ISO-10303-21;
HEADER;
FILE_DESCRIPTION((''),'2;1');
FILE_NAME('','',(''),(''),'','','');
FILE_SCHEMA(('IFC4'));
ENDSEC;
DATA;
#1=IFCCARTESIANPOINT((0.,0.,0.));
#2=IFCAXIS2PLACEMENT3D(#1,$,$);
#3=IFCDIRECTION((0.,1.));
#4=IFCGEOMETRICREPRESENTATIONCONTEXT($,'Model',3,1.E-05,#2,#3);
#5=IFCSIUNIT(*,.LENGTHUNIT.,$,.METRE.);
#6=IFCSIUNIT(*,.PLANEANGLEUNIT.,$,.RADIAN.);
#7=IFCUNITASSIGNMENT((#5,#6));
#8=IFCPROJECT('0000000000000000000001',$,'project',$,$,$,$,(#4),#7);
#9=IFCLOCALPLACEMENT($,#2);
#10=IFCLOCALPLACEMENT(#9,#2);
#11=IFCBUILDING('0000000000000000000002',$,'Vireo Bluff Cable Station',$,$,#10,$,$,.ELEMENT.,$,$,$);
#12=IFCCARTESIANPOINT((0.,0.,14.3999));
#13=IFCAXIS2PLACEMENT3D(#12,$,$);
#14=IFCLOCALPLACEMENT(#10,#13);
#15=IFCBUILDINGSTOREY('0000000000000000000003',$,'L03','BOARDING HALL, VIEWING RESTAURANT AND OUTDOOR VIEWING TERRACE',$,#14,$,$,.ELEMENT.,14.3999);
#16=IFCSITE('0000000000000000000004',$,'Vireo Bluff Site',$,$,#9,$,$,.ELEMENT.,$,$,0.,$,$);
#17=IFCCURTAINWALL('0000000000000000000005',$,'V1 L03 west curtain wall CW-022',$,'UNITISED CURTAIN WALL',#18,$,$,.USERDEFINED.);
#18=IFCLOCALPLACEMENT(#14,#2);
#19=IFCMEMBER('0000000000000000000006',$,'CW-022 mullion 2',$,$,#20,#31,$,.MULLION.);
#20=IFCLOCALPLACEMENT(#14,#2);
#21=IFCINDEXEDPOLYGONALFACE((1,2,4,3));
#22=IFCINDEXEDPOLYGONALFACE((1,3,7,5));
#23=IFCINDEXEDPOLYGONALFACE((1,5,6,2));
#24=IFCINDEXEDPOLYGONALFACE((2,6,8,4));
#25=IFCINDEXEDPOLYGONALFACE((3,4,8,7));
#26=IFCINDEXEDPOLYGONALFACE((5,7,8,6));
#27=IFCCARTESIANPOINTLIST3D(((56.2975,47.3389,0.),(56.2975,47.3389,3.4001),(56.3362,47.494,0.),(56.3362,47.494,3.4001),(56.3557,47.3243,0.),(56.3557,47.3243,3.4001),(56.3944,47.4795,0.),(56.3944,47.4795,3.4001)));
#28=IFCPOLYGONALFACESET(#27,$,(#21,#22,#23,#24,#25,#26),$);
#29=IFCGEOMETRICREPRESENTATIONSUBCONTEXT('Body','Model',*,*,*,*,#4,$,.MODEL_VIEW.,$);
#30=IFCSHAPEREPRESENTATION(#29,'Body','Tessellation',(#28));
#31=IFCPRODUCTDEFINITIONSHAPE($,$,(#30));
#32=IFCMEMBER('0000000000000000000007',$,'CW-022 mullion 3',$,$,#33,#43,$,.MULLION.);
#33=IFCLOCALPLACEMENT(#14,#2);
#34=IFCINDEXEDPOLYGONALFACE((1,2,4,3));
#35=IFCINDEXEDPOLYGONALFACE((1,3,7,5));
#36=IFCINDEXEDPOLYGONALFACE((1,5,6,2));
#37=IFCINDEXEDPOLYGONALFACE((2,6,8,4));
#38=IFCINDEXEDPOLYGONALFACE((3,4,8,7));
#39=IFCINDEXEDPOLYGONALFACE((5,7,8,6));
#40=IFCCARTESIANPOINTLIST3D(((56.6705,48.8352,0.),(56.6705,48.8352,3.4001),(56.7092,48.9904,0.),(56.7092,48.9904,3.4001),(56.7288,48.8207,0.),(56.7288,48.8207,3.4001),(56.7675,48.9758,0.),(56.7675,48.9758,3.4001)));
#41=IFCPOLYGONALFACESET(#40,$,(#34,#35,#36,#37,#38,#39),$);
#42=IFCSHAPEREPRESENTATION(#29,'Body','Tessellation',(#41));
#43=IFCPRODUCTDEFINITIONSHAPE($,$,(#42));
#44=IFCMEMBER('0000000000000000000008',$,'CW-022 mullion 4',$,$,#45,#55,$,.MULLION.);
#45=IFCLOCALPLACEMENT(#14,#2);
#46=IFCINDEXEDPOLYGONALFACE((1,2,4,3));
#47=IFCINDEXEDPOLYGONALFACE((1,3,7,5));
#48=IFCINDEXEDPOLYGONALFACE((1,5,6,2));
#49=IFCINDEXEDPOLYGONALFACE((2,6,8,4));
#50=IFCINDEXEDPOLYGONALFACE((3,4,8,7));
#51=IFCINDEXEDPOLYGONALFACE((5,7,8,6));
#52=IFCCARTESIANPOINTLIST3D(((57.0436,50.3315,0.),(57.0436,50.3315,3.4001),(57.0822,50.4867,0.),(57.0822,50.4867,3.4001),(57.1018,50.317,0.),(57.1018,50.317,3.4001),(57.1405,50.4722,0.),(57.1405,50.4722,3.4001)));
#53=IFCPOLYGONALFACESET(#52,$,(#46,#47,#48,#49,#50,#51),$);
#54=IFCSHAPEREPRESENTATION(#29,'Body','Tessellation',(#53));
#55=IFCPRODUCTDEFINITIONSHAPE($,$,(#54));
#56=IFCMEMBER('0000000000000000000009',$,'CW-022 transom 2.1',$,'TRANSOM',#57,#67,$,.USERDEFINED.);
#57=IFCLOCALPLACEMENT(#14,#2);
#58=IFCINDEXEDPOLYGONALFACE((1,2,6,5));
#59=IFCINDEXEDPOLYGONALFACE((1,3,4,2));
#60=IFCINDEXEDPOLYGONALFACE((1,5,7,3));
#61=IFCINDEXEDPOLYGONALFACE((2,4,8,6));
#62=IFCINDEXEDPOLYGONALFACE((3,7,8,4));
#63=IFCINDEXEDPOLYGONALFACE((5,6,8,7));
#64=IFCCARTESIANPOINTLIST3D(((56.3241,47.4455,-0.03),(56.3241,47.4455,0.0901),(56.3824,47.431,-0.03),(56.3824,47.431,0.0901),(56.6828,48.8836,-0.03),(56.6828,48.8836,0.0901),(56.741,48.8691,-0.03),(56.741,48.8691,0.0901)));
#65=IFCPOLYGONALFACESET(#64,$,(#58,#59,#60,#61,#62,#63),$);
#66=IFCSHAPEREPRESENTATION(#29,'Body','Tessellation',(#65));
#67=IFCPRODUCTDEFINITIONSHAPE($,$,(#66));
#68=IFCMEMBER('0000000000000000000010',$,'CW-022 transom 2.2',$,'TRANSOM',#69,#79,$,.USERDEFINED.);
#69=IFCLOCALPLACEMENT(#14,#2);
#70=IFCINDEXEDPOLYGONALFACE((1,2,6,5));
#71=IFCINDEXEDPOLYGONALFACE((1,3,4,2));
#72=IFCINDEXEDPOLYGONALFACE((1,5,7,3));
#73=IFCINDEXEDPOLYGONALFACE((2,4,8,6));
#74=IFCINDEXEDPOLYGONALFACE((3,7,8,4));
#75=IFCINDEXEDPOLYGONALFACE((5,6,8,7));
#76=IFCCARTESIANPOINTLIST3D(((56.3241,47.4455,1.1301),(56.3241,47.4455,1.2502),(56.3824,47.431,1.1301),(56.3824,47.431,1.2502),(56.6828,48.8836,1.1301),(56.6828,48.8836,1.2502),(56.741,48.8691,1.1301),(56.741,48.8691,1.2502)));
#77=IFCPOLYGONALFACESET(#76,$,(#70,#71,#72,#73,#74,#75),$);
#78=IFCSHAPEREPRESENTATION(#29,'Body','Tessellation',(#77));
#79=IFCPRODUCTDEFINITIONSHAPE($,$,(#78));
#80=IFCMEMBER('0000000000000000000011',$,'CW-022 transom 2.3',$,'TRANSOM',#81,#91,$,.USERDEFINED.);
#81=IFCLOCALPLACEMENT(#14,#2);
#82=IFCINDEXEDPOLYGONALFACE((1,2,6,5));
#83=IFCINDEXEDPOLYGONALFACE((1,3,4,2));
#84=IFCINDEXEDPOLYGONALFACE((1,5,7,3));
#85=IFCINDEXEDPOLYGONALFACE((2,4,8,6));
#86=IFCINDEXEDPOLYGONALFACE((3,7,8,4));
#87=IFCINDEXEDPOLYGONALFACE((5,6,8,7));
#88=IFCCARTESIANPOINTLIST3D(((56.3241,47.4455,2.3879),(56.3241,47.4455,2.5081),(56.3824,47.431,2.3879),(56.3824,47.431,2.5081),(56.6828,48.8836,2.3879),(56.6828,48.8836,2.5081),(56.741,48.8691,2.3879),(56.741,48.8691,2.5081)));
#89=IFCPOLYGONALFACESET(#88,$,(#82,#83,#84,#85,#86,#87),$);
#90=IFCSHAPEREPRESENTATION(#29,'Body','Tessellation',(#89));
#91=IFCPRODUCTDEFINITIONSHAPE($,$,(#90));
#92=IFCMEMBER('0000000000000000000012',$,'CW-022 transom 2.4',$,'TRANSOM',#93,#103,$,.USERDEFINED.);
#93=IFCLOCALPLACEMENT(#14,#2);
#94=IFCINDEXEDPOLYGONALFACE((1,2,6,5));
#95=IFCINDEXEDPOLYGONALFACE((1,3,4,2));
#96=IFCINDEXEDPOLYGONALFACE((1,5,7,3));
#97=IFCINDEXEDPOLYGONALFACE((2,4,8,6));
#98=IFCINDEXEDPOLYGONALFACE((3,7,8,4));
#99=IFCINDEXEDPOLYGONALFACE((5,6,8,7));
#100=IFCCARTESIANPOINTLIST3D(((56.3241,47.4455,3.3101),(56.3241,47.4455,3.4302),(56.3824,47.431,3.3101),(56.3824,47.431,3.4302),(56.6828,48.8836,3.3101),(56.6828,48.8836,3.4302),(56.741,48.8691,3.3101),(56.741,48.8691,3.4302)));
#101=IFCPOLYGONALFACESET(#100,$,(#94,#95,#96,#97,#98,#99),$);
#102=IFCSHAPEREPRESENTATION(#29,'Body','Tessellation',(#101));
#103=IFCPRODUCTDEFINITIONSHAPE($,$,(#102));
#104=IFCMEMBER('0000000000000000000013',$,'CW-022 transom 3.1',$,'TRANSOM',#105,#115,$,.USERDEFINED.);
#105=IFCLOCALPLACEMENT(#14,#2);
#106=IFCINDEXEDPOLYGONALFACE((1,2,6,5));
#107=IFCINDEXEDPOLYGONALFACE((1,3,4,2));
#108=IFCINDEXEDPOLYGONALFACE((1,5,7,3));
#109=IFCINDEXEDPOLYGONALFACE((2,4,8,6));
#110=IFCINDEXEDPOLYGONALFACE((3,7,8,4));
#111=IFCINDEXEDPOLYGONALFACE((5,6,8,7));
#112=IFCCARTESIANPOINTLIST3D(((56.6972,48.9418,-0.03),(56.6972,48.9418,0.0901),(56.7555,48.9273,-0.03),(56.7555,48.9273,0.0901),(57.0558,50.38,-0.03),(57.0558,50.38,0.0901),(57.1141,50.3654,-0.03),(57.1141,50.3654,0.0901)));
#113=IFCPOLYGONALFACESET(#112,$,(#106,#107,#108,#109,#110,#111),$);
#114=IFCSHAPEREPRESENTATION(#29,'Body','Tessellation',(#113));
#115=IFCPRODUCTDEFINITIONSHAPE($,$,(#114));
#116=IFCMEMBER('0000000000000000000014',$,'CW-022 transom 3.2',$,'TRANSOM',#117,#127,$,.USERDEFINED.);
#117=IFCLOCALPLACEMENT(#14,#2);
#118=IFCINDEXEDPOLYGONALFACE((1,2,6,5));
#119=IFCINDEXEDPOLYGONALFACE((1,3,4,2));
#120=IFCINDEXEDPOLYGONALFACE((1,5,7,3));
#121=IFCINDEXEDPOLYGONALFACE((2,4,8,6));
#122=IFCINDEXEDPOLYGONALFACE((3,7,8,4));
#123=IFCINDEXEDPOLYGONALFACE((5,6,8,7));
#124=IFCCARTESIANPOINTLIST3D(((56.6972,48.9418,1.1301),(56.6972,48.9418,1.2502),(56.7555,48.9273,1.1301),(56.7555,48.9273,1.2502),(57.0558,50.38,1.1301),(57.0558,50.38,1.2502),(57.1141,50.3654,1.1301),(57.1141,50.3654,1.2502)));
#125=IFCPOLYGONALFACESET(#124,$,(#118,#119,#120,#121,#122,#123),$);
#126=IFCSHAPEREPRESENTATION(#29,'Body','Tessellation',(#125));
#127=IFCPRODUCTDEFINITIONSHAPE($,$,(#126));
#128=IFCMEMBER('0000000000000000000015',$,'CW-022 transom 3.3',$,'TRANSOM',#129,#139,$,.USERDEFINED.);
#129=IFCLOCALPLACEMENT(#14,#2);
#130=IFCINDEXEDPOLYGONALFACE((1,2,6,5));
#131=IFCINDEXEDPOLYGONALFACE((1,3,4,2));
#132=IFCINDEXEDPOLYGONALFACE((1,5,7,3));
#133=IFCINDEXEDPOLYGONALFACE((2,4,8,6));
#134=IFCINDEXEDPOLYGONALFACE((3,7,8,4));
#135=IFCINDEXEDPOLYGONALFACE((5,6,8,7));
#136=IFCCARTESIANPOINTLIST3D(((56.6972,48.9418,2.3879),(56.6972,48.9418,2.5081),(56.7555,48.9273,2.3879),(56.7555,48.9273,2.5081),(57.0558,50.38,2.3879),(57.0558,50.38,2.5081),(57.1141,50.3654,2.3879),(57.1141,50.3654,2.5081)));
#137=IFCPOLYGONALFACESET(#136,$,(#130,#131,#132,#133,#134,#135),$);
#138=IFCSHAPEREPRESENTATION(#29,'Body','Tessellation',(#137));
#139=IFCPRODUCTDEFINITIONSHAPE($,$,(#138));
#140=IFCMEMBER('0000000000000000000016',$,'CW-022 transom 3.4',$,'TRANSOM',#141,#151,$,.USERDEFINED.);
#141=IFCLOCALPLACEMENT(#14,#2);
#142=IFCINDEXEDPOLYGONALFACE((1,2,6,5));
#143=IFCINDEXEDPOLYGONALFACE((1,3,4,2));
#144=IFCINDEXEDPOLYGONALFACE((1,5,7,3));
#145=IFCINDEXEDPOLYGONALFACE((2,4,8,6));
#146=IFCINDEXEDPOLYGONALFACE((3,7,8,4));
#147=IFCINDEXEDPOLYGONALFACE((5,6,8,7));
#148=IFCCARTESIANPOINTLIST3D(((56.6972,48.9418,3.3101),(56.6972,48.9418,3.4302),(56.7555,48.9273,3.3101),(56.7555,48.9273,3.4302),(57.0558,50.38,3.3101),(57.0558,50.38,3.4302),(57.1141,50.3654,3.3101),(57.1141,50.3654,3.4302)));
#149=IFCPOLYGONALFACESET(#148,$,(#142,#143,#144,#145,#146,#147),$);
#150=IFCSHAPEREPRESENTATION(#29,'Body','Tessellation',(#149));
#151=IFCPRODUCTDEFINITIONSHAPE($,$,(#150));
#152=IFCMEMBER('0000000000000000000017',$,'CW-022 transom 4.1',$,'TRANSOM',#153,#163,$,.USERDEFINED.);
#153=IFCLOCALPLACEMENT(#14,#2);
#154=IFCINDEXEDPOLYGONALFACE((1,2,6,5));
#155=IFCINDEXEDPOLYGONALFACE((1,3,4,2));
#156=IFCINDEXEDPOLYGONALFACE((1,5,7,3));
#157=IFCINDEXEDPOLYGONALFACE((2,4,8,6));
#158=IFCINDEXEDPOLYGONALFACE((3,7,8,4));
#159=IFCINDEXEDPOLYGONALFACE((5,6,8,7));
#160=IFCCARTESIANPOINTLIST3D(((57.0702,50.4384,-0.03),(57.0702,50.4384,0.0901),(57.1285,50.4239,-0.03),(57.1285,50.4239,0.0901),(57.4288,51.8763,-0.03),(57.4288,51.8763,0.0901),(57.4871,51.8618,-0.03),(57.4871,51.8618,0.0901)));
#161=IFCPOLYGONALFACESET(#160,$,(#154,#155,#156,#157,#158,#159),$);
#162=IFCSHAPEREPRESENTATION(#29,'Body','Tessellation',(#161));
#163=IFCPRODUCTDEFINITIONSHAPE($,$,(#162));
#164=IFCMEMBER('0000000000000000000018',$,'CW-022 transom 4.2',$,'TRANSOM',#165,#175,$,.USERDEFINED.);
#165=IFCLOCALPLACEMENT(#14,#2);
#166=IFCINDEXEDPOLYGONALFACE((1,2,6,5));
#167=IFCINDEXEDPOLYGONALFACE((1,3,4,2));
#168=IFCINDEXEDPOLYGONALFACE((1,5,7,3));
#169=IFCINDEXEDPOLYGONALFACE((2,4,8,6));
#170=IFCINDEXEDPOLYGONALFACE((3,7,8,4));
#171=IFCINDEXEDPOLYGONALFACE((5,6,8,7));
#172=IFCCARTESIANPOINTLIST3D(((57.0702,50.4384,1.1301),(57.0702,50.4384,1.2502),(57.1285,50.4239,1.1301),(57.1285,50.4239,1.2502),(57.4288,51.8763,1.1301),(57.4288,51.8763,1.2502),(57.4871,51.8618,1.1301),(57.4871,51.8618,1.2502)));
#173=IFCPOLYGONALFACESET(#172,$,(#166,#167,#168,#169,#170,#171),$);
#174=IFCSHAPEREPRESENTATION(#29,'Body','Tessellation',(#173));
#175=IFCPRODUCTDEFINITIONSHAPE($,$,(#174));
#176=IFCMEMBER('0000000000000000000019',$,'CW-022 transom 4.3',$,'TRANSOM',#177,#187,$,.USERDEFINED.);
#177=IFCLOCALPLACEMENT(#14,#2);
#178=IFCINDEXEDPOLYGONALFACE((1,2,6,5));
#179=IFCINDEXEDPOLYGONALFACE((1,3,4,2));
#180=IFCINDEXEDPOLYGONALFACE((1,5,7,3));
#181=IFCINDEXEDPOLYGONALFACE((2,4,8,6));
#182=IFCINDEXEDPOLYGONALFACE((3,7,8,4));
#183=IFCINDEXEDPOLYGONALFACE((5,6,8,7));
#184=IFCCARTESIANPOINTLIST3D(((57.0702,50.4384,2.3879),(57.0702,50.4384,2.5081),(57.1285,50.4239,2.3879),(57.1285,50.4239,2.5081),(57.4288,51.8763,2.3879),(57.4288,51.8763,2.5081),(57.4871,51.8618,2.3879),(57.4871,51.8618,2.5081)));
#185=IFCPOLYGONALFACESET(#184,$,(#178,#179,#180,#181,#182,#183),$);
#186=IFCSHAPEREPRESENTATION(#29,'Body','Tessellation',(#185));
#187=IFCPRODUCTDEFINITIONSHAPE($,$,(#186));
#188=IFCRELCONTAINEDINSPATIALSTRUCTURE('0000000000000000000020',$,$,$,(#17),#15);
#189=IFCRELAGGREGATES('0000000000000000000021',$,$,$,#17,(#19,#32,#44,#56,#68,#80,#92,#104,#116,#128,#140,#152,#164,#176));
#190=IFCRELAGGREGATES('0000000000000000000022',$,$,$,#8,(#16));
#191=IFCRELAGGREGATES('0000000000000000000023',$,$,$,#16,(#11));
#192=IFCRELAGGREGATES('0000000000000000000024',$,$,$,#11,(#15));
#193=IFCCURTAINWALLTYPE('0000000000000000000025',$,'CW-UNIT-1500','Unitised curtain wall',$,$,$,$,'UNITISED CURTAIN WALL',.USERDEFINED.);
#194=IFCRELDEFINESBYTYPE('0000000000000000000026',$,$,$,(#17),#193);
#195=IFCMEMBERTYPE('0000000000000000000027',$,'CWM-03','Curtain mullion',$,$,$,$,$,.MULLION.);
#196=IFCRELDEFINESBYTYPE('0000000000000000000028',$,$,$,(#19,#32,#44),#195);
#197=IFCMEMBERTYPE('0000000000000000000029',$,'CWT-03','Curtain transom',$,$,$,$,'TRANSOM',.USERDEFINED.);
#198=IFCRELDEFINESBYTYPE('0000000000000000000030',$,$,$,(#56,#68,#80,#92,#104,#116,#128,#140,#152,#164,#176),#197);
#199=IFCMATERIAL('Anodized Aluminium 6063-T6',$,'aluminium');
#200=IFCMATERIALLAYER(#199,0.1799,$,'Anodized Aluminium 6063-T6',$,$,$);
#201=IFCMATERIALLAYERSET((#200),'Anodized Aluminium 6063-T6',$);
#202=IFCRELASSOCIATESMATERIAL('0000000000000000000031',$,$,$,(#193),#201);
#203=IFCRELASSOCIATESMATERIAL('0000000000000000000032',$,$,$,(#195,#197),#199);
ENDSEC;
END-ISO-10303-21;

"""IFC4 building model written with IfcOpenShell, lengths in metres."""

from ifc_helpers import new_model, si_unit, direction, frame, origin, origin_2d, place, context, subcontext, project, spatial, rectangle, extrude, material, layer, layer_set, material_profile, profile_set, type_object, element, aggregate, save


model = new_model("IFC4")

# Units and contexts
model_context = context("Model", 3, precision=1e-05, world=origin(), true_north=direction((0.0, 1.0)))
body_context = subcontext(model_context, "Body", "Model", "MODEL_VIEW")
ifc_project = project(units=[si_unit("LENGTHUNIT", "METRE"), si_unit("PLANEANGLEUNIT", "RADIAN")], contexts=[model_context])

# Site, building, storey
site_placement = place(None, origin())
site = spatial("IfcSite", under=ifc_project, at=site_placement, Name="Vireo Bluff Site", CompositionType="ELEMENT", RefElevation=0.0)
building_placement = place(site_placement, origin())
building = spatial("IfcBuilding", under=site, at=building_placement, Name="Vireo Bluff Cable Station", CompositionType="ELEMENT")
storey_placement = place(building_placement, frame((0.0, 0.0, 14.3999)))
storey = spatial("IfcBuildingStorey", under=building, at=storey_placement, Name="L03", Description="BOARDING HALL, VIEWING RESTAURANT AND OUTDOOR VIEWING TERRACE", CompositionType="ELEMENT", Elevation=14.3999)

# Curtain wall, members
ifc_material_1 = material(Name="Anodized Aluminium 6063-T6", Category="aluminium")
ifc_layer_1 = layer(ifc_material_1, 0.1799, Name="Anodized Aluminium 6063-T6")
ifc_layer_set_1 = layer_set([ifc_layer_1], Name="Anodized Aluminium 6063-T6")
curtain_wall_type = type_object("IfcCurtainWallType", Name="CW-UNIT-1500", Description="Unitised curtain wall", ElementType="UNITISED CURTAIN WALL", PredefinedType="USERDEFINED", material=ifc_layer_set_1)
curtain_wall_placement = place(storey_placement, origin())
curtain_wall = element("IfcCurtainWall", 1, at=curtain_wall_placement, inside=storey, type_object=curtain_wall_type, Name="V1 L03 west curtain wall CW-022", ObjectType="UNITISED CURTAIN WALL", PredefinedType="USERDEFINED")
ifc_material_profile_1 = material_profile(ifc_material_1, rectangle(XDim=0.0601, YDim=0.1599, at=origin_2d()), Name="ALU-M-60X160")
ifc_profile_set_1 = profile_set([ifc_material_profile_1], Name="Anodized Aluminium 6063-T6")
member_type_1 = type_object("IfcMemberType", Name="CWM-03", Description="Curtain mullion", PredefinedType="MULLION", material=ifc_profile_set_1)
member_1_placement = place(storey_placement, frame((56.3459, 47.4092, 0.0), z_axis=(0.0, 0.0, 1.0), x_axis=(-0.970296, 0.241922, 0.0)))
member_1 = element("IfcMember", 2, at=member_1_placement, type_object=member_type_1, Name="CW-022 mullion 2", PredefinedType="MULLION", context=body_context, shape_type="SweptSolid", body=[
    extrude(rectangle(XDim=0.0601, YDim=0.1599, at=origin_2d()), origin(), (0.0, 0.0, 1.0), 3.4001),
])
member_2_placement = place(storey_placement, frame((56.719, 48.9055, 0.0), z_axis=(0.0, 0.0, 1.0), x_axis=(-0.970296, 0.241922, 0.0)))
member_2 = element("IfcMember", 3, at=member_2_placement, type_object=member_type_1, Name="CW-022 mullion 3", PredefinedType="MULLION", context=body_context, shape_type="SweptSolid", body=[
    extrude(rectangle(XDim=0.0601, YDim=0.1599, at=origin_2d()), origin(), (0.0, 0.0, 1.0), 3.4001),
])
member_3_placement = place(storey_placement, frame((57.092, 50.4019, 0.0), z_axis=(0.0, 0.0, 1.0), x_axis=(-0.970296, 0.241922, 0.0)))
member_3 = element("IfcMember", 4, at=member_3_placement, type_object=member_type_1, Name="CW-022 mullion 4", PredefinedType="MULLION", context=body_context, shape_type="SweptSolid", body=[
    extrude(rectangle(XDim=0.0601, YDim=0.1599, at=origin_2d()), origin(), (0.0, 0.0, 1.0), 3.4001),
])
ifc_material_profile_2 = material_profile(ifc_material_1, rectangle(XDim=0.0601, YDim=0.1201, at=origin_2d()), Name="ALU-T-60X120")
ifc_profile_set_2 = profile_set([ifc_material_profile_2], Name="Anodized Aluminium 6063-T6")
member_type_2 = type_object("IfcMemberType", Name="CWT-03", Description="Curtain transom", ElementType="TRANSOM", PredefinedType="USERDEFINED", material=ifc_profile_set_2)
member_4_placement = place(storey_placement, frame((56.3533, 47.4382, 0.03), z_axis=(0.241954, 0.970288, 0.0), x_axis=(-0.970288, 0.241954, 0.0)))
member_4 = element("IfcMember", 5, at=member_4_placement, type_object=member_type_2, Name="CW-022 transom 2.1", ObjectType="TRANSOM", PredefinedType="USERDEFINED", context=body_context, shape_type="SweptSolid", body=[
    extrude(rectangle(XDim=0.0601, YDim=0.1201, at=origin_2d()), origin(), (0.0, 0.0, 1.0), 1.4822),
])
member_5_placement = place(storey_placement, frame((56.3533, 47.4382, 1.1902), z_axis=(0.241954, 0.970288, 0.0), x_axis=(-0.970288, 0.241954, 0.0)))
member_5 = element("IfcMember", 6, at=member_5_placement, type_object=member_type_2, Name="CW-022 transom 2.2", ObjectType="TRANSOM", PredefinedType="USERDEFINED", context=body_context, shape_type="SweptSolid", body=[
    extrude(rectangle(XDim=0.0601, YDim=0.1201, at=origin_2d()), origin(), (0.0, 0.0, 1.0), 1.4822),
])
member_6_placement = place(storey_placement, frame((56.3533, 47.4382, 2.448), z_axis=(0.241954, 0.970288, 0.0), x_axis=(-0.970288, 0.241954, 0.0)))
member_6 = element("IfcMember", 7, at=member_6_placement, type_object=member_type_2, Name="CW-022 transom 2.3", ObjectType="TRANSOM", PredefinedType="USERDEFINED", context=body_context, shape_type="SweptSolid", body=[
    extrude(rectangle(XDim=0.0601, YDim=0.1201, at=origin_2d()), origin(), (0.0, 0.0, 1.0), 1.4822),
])
member_7_placement = place(storey_placement, frame((56.3533, 47.4382, 3.3701), z_axis=(0.241954, 0.970288, 0.0), x_axis=(-0.970288, 0.241954, 0.0)))
member_7 = element("IfcMember", 8, at=member_7_placement, type_object=member_type_2, Name="CW-022 transom 2.4", ObjectType="TRANSOM", PredefinedType="USERDEFINED", context=body_context, shape_type="SweptSolid", body=[
    extrude(rectangle(XDim=0.0601, YDim=0.1201, at=origin_2d()), origin(), (0.0, 0.0, 1.0), 1.4822),
])
member_8_placement = place(storey_placement, frame((56.7263, 48.9346, 0.03), z_axis=(0.241954, 0.970288, 0.0), x_axis=(-0.970288, 0.241954, 0.0)))
member_8 = element("IfcMember", 9, at=member_8_placement, type_object=member_type_2, Name="CW-022 transom 3.1", ObjectType="TRANSOM", PredefinedType="USERDEFINED", context=body_context, shape_type="SweptSolid", body=[
    extrude(rectangle(XDim=0.0601, YDim=0.1201, at=origin_2d()), origin(), (0.0, 0.0, 1.0), 1.4822),
])
member_9_placement = place(storey_placement, frame((56.7263, 48.9346, 1.1902), z_axis=(0.241954, 0.970288, 0.0), x_axis=(-0.970288, 0.241954, 0.0)))
member_9 = element("IfcMember", 10, at=member_9_placement, type_object=member_type_2, Name="CW-022 transom 3.2", ObjectType="TRANSOM", PredefinedType="USERDEFINED", context=body_context, shape_type="SweptSolid", body=[
    extrude(rectangle(XDim=0.0601, YDim=0.1201, at=origin_2d()), origin(), (0.0, 0.0, 1.0), 1.4822),
])
member_10_placement = place(storey_placement, frame((56.7263, 48.9346, 2.448), z_axis=(0.241954, 0.970288, 0.0), x_axis=(-0.970288, 0.241954, 0.0)))
member_10 = element("IfcMember", 11, at=member_10_placement, type_object=member_type_2, Name="CW-022 transom 3.3", ObjectType="TRANSOM", PredefinedType="USERDEFINED", context=body_context, shape_type="SweptSolid", body=[
    extrude(rectangle(XDim=0.0601, YDim=0.1201, at=origin_2d()), origin(), (0.0, 0.0, 1.0), 1.4822),
])
member_11_placement = place(storey_placement, frame((56.7263, 48.9346, 3.3701), z_axis=(0.241954, 0.970288, 0.0), x_axis=(-0.970288, 0.241954, 0.0)))
member_11 = element("IfcMember", 12, at=member_11_placement, type_object=member_type_2, Name="CW-022 transom 3.4", ObjectType="TRANSOM", PredefinedType="USERDEFINED", context=body_context, shape_type="SweptSolid", body=[
    extrude(rectangle(XDim=0.0601, YDim=0.1201, at=origin_2d()), origin(), (0.0, 0.0, 1.0), 1.4822),
])
member_12_placement = place(storey_placement, frame((57.0994, 50.4312, 0.03), z_axis=(0.241993, 0.970278, 0.0), x_axis=(-0.970278, 0.241993, 0.0)))
member_12 = element("IfcMember", 13, at=member_12_placement, type_object=member_type_2, Name="CW-022 transom 4.1", ObjectType="TRANSOM", PredefinedType="USERDEFINED", context=body_context, shape_type="SweptSolid", body=[
    extrude(rectangle(XDim=0.0601, YDim=0.1201, at=origin_2d()), origin(), (0.0, 0.0, 1.0), 1.4819),
])
member_13_placement = place(storey_placement, frame((57.0994, 50.4312, 1.1902), z_axis=(0.241993, 0.970278, 0.0), x_axis=(-0.970278, 0.241993, 0.0)))
member_13 = element("IfcMember", 14, at=member_13_placement, type_object=member_type_2, Name="CW-022 transom 4.2", ObjectType="TRANSOM", PredefinedType="USERDEFINED", context=body_context, shape_type="SweptSolid", body=[
    extrude(rectangle(XDim=0.0601, YDim=0.1201, at=origin_2d()), origin(), (0.0, 0.0, 1.0), 1.4819),
])
member_14_placement = place(storey_placement, frame((57.0994, 50.4312, 2.448), z_axis=(0.241993, 0.970278, 0.0), x_axis=(-0.970278, 0.241993, 0.0)))
member_14 = element("IfcMember", 15, at=member_14_placement, type_object=member_type_2, Name="CW-022 transom 4.3", ObjectType="TRANSOM", PredefinedType="USERDEFINED", context=body_context, shape_type="SweptSolid", body=[
    extrude(rectangle(XDim=0.0601, YDim=0.1201, at=origin_2d()), origin(), (0.0, 0.0, 1.0), 1.4819),
])

aggregate(curtain_wall, [member_1, member_2, member_3, member_4, member_5, member_6, member_7, member_8, member_9, member_10, member_11, member_12, member_13, member_14])

save(model, "model.ifc")
